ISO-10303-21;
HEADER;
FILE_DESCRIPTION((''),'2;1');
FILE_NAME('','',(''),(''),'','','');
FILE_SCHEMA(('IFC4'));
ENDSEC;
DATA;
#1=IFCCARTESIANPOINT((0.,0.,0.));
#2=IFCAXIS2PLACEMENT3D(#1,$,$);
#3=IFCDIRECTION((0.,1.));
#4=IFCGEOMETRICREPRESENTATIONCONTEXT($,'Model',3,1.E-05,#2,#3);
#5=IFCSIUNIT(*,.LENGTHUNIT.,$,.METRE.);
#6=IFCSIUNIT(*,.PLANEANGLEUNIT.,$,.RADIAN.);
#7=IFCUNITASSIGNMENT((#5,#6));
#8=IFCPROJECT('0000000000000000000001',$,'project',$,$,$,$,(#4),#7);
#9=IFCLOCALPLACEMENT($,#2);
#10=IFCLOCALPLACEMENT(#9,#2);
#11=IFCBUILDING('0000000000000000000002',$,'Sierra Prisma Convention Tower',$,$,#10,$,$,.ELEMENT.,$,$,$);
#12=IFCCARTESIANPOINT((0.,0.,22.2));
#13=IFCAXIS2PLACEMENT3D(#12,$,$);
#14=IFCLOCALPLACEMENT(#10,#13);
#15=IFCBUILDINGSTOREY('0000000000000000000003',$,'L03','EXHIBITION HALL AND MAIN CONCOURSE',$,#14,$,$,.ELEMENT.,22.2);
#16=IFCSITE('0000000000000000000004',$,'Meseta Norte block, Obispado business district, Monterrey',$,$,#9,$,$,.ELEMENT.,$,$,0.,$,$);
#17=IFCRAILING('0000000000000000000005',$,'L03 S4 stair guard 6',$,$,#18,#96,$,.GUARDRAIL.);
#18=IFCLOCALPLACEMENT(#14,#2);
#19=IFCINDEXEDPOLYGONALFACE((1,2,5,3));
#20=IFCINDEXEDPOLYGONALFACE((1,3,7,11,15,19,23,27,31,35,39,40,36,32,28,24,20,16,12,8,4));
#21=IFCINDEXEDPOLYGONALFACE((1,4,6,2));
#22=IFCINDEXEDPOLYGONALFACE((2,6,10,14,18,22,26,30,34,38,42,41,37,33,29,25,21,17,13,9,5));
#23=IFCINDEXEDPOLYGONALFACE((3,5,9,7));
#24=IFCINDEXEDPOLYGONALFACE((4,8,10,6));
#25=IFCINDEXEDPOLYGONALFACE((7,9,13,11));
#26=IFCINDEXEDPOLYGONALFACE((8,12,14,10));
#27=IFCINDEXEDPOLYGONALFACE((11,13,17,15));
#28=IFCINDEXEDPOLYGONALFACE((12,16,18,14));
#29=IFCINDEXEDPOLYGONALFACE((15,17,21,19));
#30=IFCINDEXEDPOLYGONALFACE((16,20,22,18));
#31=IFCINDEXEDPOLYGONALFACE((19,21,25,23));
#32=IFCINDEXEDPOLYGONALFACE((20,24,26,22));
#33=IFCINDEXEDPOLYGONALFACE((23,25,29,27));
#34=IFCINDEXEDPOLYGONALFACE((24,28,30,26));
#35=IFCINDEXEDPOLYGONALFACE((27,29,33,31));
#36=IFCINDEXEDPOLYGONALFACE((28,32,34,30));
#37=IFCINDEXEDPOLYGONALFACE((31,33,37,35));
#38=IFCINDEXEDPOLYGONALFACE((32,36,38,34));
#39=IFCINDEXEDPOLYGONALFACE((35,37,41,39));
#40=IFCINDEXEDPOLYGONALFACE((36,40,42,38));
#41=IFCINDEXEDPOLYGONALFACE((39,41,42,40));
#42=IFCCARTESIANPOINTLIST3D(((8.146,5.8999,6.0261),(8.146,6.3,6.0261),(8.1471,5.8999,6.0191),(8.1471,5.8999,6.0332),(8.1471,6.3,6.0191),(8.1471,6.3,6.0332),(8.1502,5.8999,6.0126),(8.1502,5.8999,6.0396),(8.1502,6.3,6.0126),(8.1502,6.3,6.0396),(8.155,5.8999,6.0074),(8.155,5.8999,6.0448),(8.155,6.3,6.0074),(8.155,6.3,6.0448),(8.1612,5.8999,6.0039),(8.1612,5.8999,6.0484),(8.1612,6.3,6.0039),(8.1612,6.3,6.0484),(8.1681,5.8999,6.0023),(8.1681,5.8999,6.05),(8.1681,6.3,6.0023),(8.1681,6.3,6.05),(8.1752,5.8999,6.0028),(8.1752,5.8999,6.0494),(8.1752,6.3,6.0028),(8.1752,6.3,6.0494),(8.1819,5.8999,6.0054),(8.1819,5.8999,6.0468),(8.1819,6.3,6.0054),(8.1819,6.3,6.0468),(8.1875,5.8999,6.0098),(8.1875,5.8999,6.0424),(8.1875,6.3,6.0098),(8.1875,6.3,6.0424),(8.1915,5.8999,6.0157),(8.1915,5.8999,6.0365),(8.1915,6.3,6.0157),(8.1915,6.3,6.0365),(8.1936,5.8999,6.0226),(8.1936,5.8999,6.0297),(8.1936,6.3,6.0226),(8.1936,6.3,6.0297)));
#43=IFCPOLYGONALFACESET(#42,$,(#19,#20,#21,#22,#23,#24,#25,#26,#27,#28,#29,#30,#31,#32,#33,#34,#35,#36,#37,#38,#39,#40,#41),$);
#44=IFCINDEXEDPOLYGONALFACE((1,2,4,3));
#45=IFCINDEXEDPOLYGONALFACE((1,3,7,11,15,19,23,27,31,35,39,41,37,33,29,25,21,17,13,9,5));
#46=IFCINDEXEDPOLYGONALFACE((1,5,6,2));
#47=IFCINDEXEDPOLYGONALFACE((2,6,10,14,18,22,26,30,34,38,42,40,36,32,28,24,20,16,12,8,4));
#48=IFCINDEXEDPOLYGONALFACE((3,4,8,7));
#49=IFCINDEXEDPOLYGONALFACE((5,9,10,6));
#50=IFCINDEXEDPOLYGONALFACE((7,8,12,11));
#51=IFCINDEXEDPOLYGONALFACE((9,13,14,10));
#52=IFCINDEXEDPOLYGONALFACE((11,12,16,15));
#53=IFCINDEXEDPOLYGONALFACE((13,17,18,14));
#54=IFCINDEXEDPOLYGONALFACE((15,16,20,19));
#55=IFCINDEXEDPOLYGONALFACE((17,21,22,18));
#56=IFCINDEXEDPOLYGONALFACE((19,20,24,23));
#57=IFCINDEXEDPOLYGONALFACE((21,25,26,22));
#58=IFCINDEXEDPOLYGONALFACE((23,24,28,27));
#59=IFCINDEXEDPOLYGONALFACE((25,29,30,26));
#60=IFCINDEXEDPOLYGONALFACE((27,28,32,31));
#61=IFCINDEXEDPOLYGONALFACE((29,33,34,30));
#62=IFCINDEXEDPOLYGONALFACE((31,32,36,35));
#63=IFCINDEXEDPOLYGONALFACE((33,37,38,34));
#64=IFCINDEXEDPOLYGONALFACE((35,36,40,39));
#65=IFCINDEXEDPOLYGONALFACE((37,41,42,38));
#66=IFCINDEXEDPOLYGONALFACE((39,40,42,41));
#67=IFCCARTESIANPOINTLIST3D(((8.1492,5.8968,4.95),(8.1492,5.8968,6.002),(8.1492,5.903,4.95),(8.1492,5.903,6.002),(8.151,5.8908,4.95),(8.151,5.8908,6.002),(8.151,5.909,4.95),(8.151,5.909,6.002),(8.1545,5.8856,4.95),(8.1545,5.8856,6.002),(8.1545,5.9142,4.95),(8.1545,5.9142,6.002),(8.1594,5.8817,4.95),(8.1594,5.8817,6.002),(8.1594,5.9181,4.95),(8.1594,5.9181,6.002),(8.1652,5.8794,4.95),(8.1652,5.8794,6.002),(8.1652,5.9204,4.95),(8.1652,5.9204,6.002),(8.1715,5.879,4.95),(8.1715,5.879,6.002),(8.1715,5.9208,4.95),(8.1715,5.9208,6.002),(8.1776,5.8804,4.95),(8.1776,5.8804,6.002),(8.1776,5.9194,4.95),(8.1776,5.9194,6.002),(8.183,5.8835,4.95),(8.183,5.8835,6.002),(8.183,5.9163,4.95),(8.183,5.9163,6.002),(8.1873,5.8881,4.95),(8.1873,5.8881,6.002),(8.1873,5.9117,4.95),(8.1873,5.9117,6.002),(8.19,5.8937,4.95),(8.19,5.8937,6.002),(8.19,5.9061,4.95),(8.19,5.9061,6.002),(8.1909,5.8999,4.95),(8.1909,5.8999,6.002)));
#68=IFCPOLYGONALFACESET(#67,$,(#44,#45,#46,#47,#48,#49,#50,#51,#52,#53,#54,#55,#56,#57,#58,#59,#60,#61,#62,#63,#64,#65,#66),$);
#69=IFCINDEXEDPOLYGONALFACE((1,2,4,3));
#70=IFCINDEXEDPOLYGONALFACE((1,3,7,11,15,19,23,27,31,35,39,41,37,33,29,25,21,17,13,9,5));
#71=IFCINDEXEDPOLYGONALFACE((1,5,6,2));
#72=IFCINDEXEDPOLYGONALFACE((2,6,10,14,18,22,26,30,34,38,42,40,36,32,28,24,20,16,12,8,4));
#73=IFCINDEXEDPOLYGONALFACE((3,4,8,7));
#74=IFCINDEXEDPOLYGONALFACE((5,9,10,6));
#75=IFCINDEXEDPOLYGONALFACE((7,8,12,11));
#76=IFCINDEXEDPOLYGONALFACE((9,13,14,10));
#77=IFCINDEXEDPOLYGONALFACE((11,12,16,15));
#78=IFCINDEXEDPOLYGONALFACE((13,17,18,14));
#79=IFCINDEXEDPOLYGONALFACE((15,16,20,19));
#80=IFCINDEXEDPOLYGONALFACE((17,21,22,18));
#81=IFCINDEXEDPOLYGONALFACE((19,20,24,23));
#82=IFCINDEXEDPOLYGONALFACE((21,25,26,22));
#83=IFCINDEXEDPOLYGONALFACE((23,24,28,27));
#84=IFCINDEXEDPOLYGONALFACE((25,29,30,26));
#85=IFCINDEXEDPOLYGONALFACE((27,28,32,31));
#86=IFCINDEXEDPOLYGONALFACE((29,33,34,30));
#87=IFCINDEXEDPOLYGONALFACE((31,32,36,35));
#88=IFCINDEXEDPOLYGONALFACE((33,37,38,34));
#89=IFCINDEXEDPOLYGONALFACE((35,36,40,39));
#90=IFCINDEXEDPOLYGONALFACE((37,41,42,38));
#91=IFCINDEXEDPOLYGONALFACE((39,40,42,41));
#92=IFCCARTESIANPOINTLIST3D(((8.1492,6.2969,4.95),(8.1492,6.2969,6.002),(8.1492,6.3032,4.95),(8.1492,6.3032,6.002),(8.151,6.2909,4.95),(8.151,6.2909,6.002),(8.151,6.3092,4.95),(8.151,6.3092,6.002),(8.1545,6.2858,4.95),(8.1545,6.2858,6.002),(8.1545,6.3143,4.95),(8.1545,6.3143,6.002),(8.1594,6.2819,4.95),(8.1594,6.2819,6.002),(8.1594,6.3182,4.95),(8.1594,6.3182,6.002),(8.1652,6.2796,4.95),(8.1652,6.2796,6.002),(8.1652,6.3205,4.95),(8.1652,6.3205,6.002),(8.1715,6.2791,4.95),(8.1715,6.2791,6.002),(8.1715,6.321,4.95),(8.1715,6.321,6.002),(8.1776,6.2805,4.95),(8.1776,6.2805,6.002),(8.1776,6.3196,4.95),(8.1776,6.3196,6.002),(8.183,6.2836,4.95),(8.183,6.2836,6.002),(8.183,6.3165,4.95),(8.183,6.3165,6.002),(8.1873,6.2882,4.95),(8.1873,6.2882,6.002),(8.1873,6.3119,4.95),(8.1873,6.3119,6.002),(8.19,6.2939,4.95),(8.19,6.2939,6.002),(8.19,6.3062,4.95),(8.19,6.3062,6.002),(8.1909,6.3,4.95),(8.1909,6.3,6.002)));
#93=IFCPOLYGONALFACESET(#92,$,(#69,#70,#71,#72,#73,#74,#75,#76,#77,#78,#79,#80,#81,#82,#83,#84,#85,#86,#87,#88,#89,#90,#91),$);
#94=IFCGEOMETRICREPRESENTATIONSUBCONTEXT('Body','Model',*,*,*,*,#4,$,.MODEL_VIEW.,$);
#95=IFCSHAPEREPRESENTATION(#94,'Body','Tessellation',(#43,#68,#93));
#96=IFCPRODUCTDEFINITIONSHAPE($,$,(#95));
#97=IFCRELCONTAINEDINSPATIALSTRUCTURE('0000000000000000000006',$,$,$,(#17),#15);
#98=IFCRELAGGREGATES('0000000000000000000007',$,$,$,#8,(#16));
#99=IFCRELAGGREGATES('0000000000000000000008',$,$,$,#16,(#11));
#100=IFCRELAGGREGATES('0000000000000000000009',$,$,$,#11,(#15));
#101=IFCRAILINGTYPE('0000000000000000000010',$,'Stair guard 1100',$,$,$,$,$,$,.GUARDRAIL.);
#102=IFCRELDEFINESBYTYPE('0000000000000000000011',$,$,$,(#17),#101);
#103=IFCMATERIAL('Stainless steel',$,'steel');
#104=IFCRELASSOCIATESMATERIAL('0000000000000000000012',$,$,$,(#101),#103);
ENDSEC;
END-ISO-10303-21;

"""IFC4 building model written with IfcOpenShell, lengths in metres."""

from ifc_helpers import new_model, si_unit, direction, frame, origin, origin_2d, place, context, subcontext, project, spatial, circle, extrude, material, type_object, element, save


model = new_model("IFC4")

# Units and contexts
model_context = context("Model", 3, precision=1e-05, world=origin(), true_north=direction((0.0, 1.0)))
body_context = subcontext(model_context, "Body", "Model", "MODEL_VIEW")
ifc_project = project(units=[si_unit("LENGTHUNIT", "METRE"), si_unit("PLANEANGLEUNIT", "RADIAN")], contexts=[model_context])

# Site, building, storey
site_placement = place(None, origin())
site = spatial("IfcSite", under=ifc_project, at=site_placement, Name="Meseta Norte block, Obispado business district, Monterrey", CompositionType="ELEMENT", RefElevation=0.0)
building_placement = place(site_placement, origin())
building = spatial("IfcBuilding", under=site, at=building_placement, Name="Sierra Prisma Convention Tower", CompositionType="ELEMENT")
storey_placement = place(building_placement, frame((0.0, 0.0, 22.2)))
storey = spatial("IfcBuildingStorey", under=building, at=storey_placement, Name="L03", Description="EXHIBITION HALL AND MAIN CONCOURSE", CompositionType="ELEMENT", Elevation=22.2)

# Railing
ifc_material_1 = material(Name="Stainless steel", Category="steel")
railing_type_1 = type_object("IfcRailingType", Name="Stair guard 1100", PredefinedType="GUARDRAIL", material=ifc_material_1)
railing_1_placement = place(storey_placement, frame((8.1699, 5.8999, 4.95)))
element("IfcRailing", 1, at=railing_1_placement, inside=storey, type_object=railing_type_1, Name="L03 S4 stair guard 6", PredefinedType="GUARDRAIL", context=body_context, shape_type="SweptSolid", body=[
    extrude(circle(Radius=0.0239, at=origin_2d()), frame((0.0, 0.0, 1.0762), z_axis=(0.0, 1.0, 0.0), x_axis=(-1.0, 0.0, 0.0)), (0.0, 0.0, 1.0), 0.4001),
    extrude(circle(Radius=0.021, at=origin_2d()), origin(), (0.0, 0.0, 1.0), 1.052),
    extrude(circle(Radius=0.021, at=origin_2d()), frame((0.0, 0.4001, 0.0)), (0.0, 0.0, 1.0), 1.052),
])

save(model, "model.ifc")
